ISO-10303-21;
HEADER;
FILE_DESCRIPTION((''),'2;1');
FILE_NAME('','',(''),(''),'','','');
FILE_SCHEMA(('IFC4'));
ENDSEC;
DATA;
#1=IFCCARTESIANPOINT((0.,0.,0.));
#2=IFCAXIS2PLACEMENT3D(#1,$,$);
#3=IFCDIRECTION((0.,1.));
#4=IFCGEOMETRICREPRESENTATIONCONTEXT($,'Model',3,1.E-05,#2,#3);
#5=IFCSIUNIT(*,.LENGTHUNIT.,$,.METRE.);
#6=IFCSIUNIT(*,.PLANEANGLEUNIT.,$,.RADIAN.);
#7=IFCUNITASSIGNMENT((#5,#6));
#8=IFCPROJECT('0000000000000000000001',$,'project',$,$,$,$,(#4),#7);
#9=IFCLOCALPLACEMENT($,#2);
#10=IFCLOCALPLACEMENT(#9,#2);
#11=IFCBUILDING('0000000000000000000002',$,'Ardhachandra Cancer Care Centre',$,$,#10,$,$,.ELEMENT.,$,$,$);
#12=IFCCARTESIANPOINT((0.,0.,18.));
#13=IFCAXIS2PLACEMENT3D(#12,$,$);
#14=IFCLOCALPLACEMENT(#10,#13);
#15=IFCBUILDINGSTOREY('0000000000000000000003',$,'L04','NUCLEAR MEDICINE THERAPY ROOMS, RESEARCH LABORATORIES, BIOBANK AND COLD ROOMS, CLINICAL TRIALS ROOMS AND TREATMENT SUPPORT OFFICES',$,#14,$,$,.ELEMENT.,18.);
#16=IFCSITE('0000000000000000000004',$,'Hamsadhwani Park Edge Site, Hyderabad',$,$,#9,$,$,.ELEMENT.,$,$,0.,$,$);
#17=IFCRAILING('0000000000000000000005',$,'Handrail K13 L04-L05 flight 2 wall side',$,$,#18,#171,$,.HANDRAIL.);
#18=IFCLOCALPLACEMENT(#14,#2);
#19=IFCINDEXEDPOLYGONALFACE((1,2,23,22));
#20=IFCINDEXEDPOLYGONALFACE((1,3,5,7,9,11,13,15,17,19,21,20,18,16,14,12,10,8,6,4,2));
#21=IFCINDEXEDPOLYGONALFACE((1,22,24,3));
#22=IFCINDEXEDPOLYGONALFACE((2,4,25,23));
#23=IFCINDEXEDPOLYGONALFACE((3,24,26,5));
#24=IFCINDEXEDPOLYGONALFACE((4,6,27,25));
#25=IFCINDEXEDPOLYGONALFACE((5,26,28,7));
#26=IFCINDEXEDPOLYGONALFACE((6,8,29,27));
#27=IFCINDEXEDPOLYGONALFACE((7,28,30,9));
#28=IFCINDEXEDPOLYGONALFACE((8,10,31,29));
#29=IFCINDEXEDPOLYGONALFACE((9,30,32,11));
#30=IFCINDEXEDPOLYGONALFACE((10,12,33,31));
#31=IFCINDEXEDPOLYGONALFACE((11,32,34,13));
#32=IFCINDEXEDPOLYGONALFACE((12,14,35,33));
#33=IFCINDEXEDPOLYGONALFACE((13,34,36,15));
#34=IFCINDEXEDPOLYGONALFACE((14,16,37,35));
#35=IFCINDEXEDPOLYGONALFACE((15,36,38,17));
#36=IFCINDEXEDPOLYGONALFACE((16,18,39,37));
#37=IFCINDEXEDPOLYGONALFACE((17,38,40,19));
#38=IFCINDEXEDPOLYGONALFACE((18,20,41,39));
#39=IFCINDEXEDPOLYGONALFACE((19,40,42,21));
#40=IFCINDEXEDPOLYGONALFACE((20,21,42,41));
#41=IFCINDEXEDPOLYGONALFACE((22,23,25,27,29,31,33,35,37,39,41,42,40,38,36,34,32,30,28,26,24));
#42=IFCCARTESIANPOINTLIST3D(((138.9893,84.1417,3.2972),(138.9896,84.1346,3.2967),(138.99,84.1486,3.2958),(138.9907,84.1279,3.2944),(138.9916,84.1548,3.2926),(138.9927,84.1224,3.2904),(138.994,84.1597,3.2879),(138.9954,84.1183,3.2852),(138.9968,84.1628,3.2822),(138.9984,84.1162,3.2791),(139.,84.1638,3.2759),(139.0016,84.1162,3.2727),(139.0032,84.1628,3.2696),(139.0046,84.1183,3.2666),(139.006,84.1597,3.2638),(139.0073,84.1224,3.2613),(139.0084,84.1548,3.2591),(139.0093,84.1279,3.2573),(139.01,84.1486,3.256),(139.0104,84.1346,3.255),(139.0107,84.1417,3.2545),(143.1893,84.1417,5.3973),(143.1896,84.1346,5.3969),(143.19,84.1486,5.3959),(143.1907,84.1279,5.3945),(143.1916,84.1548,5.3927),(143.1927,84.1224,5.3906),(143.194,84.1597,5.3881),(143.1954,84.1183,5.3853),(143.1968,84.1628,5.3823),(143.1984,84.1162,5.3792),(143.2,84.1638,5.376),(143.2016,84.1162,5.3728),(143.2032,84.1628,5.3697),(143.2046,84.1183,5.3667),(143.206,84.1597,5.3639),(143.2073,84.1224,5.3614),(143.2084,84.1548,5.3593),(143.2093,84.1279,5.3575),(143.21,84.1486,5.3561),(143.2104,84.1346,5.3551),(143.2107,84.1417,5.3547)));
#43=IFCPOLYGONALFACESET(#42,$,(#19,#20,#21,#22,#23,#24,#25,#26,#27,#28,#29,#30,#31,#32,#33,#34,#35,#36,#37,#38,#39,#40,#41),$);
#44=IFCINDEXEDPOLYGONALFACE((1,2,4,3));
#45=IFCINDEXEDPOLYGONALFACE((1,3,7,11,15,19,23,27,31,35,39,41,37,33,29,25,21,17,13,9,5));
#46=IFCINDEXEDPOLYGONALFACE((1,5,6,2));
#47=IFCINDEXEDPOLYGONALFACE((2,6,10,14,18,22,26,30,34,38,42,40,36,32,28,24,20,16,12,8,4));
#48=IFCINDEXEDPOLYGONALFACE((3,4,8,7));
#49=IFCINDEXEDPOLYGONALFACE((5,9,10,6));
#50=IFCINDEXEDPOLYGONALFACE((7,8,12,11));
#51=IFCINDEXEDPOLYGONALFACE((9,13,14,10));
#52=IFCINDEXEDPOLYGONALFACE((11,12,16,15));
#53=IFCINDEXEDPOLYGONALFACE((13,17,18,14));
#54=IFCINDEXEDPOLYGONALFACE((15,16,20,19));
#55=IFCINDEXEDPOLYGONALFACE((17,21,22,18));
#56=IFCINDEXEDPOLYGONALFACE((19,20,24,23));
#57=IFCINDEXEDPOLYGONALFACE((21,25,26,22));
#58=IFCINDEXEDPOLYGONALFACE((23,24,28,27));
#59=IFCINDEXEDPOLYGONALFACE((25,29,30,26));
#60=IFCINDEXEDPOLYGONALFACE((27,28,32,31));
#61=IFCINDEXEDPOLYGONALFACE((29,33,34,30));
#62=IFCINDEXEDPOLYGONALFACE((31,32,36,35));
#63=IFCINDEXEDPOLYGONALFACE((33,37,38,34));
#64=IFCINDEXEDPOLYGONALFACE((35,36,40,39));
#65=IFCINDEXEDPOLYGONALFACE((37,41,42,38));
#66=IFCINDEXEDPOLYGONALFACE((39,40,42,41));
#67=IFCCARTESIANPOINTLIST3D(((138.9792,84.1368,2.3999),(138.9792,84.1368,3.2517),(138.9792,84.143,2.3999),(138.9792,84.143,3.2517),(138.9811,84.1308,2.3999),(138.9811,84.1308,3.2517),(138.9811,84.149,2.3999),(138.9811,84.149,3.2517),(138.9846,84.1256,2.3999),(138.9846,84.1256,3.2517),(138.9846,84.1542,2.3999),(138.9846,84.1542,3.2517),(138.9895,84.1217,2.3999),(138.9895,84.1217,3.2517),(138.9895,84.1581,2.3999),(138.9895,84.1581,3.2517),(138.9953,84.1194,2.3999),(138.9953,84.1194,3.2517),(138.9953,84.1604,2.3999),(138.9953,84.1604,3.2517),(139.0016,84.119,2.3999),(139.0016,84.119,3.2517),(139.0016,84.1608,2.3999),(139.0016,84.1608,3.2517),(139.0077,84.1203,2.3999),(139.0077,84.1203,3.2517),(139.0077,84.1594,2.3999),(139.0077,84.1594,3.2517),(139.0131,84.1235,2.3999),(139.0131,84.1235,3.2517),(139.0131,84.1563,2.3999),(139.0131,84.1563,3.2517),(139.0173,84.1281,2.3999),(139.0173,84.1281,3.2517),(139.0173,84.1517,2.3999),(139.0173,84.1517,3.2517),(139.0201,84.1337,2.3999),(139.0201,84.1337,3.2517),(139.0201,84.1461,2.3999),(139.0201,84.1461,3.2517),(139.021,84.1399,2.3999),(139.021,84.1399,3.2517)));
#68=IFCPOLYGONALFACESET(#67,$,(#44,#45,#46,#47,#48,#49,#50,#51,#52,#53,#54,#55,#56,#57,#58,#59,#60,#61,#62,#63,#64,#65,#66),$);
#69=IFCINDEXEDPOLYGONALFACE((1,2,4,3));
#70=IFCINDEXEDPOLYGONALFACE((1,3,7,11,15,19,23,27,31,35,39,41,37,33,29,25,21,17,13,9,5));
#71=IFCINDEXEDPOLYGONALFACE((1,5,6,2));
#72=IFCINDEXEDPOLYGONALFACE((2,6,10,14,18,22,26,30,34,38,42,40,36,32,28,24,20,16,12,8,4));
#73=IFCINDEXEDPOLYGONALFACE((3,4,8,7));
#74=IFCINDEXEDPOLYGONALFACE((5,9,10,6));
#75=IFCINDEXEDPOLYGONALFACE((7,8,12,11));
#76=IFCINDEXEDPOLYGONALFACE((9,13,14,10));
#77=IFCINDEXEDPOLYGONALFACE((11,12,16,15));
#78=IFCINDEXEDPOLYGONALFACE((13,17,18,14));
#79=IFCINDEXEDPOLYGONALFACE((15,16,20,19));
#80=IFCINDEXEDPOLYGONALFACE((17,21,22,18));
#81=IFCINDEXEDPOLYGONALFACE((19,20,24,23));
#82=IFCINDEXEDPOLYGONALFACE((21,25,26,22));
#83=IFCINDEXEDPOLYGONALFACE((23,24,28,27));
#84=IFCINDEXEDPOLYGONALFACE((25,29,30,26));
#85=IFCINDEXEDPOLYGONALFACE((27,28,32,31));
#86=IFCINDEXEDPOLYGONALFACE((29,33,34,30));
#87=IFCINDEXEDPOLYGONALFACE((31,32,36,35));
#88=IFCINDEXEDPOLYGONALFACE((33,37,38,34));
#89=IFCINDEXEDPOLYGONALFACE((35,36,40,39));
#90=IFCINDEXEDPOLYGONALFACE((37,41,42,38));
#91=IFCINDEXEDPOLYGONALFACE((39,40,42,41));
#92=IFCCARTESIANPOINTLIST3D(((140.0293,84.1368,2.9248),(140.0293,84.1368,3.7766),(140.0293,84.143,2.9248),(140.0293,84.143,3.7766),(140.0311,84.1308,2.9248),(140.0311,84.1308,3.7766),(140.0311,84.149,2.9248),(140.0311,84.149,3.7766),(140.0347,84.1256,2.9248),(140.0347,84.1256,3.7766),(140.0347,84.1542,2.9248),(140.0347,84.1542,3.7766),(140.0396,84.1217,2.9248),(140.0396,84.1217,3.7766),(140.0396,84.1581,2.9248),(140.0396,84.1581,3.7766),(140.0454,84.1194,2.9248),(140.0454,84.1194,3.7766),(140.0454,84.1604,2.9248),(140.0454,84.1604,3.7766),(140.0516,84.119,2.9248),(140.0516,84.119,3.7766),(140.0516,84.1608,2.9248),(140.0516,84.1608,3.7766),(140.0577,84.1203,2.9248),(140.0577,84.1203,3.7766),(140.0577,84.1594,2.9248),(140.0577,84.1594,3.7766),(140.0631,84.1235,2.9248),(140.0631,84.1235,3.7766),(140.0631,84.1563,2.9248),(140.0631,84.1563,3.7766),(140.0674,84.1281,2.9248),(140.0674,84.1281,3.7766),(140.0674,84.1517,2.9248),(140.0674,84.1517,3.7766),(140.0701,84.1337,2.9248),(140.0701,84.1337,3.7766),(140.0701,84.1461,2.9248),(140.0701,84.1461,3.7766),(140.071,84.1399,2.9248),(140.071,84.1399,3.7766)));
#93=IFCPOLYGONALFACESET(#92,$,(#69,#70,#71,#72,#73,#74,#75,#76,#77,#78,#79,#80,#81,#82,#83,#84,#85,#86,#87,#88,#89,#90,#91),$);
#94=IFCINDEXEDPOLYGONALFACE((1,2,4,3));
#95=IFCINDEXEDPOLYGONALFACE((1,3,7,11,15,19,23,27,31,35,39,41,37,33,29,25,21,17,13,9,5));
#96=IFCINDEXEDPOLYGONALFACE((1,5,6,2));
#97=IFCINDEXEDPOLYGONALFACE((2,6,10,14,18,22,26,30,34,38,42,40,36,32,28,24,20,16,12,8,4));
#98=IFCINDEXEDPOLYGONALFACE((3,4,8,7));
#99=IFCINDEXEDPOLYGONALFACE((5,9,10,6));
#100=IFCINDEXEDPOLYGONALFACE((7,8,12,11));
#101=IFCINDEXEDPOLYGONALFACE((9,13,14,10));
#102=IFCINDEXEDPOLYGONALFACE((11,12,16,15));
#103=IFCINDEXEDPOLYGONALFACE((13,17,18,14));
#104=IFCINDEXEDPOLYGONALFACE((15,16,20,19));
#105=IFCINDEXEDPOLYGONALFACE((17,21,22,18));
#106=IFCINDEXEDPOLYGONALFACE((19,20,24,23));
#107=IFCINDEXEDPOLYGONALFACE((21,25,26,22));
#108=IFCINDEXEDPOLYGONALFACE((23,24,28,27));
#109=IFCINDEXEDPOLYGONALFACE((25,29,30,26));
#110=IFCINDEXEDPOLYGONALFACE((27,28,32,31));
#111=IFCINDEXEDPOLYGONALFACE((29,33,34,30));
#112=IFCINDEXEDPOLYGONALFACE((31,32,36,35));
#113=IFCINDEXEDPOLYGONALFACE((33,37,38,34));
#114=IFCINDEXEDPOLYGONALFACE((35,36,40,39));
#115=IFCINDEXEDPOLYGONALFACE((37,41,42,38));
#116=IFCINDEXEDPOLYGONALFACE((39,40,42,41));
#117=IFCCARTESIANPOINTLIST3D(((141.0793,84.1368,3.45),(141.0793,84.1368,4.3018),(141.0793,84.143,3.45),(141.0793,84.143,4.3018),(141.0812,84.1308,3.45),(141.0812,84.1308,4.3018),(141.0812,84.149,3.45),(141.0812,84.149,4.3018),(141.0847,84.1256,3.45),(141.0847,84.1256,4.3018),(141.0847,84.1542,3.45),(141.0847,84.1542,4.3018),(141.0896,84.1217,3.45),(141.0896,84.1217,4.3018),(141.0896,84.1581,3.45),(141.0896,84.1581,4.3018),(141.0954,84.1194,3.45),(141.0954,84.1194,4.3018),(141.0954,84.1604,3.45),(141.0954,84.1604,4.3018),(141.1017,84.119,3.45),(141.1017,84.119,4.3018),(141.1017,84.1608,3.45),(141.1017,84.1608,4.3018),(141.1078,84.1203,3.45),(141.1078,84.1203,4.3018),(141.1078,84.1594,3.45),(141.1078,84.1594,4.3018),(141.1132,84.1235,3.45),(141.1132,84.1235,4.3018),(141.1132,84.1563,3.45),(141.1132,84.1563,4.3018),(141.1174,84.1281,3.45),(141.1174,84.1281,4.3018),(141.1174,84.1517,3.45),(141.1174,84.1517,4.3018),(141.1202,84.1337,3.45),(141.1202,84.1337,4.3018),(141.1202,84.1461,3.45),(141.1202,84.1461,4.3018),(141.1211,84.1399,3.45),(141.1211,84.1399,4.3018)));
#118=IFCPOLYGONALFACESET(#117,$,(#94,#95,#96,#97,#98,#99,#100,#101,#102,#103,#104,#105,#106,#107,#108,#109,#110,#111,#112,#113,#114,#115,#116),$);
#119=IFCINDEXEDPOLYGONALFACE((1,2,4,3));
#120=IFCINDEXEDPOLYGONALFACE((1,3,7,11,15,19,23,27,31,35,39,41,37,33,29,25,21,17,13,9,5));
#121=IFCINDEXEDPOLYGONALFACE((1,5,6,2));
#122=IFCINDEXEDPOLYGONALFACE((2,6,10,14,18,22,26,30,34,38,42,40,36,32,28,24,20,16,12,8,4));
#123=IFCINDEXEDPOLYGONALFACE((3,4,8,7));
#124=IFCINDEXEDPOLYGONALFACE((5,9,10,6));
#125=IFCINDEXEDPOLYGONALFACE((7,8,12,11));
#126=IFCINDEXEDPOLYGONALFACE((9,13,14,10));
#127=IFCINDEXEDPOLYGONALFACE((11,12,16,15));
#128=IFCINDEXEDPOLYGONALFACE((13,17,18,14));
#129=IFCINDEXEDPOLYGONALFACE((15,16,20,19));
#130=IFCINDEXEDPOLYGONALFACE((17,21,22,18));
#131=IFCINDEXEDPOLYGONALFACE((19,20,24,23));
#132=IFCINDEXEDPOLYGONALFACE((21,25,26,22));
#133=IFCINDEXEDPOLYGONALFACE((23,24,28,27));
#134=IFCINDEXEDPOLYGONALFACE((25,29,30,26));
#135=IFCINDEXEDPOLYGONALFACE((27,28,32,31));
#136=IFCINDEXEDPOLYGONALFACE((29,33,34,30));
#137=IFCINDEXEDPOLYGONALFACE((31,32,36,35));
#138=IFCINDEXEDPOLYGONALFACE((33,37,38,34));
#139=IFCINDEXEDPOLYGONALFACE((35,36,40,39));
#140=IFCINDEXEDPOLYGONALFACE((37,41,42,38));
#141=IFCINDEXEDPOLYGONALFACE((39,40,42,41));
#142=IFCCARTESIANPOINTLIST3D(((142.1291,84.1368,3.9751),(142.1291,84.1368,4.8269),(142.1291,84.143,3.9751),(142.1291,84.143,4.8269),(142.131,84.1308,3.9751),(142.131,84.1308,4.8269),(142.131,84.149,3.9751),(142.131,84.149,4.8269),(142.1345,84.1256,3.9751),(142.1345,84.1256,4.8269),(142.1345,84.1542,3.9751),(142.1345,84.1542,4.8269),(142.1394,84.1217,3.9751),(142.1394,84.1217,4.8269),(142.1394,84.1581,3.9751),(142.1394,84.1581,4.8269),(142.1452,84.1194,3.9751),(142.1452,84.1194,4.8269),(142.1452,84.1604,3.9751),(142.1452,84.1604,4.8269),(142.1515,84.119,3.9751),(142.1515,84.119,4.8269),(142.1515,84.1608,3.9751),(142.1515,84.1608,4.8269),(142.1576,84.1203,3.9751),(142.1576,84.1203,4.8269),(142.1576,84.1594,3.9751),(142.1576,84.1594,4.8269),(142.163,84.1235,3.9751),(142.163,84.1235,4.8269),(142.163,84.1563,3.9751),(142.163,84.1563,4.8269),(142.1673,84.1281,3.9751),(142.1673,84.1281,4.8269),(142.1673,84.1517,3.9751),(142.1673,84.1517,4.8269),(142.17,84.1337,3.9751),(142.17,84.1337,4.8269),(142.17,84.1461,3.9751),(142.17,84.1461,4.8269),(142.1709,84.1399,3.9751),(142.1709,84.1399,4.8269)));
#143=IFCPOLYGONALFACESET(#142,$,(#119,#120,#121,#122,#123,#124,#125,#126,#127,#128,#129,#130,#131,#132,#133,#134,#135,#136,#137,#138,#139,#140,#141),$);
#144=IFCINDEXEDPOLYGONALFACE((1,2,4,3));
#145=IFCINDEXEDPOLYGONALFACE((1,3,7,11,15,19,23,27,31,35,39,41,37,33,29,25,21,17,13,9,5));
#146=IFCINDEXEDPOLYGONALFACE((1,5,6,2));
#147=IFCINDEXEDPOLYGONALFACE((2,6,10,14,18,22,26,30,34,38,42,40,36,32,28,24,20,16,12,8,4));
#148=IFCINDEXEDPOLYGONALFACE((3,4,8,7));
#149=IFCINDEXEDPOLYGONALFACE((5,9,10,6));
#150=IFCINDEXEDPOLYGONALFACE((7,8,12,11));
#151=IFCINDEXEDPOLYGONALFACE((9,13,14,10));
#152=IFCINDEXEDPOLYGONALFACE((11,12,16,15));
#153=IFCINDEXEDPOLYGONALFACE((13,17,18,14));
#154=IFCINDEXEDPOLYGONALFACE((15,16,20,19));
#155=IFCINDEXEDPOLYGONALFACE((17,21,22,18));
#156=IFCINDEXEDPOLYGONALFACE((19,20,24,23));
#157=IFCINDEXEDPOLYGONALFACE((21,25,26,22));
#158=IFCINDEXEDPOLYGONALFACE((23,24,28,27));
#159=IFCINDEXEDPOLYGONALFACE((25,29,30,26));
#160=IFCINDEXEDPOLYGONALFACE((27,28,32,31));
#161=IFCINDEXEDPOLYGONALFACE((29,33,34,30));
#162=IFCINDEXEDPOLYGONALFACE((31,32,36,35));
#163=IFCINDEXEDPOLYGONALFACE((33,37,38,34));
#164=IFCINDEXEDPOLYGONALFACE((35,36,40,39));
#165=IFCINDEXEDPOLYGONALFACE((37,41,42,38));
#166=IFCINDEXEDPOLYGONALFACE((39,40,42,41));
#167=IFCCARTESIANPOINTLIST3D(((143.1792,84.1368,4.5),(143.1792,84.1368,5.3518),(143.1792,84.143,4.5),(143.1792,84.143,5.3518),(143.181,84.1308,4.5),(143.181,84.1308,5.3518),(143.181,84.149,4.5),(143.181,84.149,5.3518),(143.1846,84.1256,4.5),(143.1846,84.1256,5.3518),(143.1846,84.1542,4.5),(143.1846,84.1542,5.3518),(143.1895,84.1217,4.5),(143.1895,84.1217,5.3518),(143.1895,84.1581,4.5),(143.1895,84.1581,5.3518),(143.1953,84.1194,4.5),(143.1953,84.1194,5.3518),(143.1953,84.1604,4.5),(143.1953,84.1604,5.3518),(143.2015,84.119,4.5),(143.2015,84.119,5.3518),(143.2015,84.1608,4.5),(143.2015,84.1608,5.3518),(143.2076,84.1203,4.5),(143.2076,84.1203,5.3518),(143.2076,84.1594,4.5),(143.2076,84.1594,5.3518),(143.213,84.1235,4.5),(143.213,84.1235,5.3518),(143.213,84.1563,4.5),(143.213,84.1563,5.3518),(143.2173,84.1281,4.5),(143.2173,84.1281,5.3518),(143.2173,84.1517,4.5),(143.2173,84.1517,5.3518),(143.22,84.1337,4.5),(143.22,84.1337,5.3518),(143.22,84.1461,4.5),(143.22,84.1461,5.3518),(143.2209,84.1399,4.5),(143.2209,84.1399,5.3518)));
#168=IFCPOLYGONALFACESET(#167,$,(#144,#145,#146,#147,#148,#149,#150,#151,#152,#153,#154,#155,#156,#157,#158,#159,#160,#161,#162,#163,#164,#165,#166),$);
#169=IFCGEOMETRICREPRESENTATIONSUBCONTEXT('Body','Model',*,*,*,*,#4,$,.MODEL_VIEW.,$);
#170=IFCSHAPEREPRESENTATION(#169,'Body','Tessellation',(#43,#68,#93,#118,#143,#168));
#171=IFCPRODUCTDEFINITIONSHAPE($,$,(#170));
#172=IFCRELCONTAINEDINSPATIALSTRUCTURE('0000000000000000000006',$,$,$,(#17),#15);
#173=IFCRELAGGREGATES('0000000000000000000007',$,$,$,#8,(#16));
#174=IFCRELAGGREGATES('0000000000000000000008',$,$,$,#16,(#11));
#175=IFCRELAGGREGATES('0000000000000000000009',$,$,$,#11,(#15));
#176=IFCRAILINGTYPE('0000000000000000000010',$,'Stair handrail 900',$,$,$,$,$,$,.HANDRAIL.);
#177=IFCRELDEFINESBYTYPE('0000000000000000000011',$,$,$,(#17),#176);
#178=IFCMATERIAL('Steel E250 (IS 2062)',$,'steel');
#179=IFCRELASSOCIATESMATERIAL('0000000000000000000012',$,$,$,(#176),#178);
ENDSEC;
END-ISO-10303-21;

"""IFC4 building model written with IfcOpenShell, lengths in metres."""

from ifc_helpers import new_model, si_unit, direction, frame, origin, origin_2d, place, context, subcontext, project, spatial, circle, extrude, material, type_object, element, save


model = new_model("IFC4")

# Units and contexts
model_context = context("Model", 3, precision=1e-05, world=origin(), true_north=direction((0.0, 1.0)))
body_context = subcontext(model_context, "Body", "Model", "MODEL_VIEW")
ifc_project = project(units=[si_unit("LENGTHUNIT", "METRE"), si_unit("PLANEANGLEUNIT", "RADIAN")], contexts=[model_context])

# Site, building, storey
site_placement = place(None, origin())
site = spatial("IfcSite", under=ifc_project, at=site_placement, Name="Hamsadhwani Park Edge Site, Hyderabad", CompositionType="ELEMENT", RefElevation=0.0)
building_placement = place(site_placement, origin())
building = spatial("IfcBuilding", under=site, at=building_placement, Name="Ardhachandra Cancer Care Centre", CompositionType="ELEMENT")
storey_placement = place(building_placement, frame((0.0, 0.0, 18.0)))
storey = spatial("IfcBuildingStorey", under=building, at=storey_placement, Name="L04", Description="NUCLEAR MEDICINE THERAPY ROOMS, RESEARCH LABORATORIES, BIOBANK AND COLD ROOMS, CLINICAL TRIALS ROOMS AND TREATMENT SUPPORT OFFICES", CompositionType="ELEMENT", Elevation=18.0)

# Railing
ifc_material_1 = material(Name="Steel E250 (IS 2062)", Category="steel")
railing_type = type_object("IfcRailingType", Name="Stair handrail 900", PredefinedType="HANDRAIL", material=ifc_material_1)
for number, where, name in (
    (1, (139.0, 84.1399, 2.3999), "Handrail K13 L04-L05 flight 2 wall side"),
):
    element("IfcRailing", number, at=place(storey_placement, frame(where)), inside=storey, type_object=railing_type, Name=name, PredefinedType="HANDRAIL", context=body_context, shape_type="SweptSolid", body=[
        extrude(circle(Radius=0.0239, at=origin_2d()), frame((0.0, 0.0, 0.876), z_axis=(0.894417, 0.0, 0.447234), x_axis=(0.0, 1.0, 0.0)), (0.0, 0.0, 1.0), 4.6958),
        extrude(circle(Radius=0.021, at=origin_2d()), origin(), (0.0, 0.0, 1.0), 0.8518),
        extrude(circle(Radius=0.021, at=origin_2d()), frame((1.05, 0.0, 0.5249)), (0.0, 0.0, 1.0), 0.8518),
        extrude(circle(Radius=0.021, at=origin_2d()), frame((2.1001, 0.0, 1.05)), (0.0, 0.0, 1.0), 0.8518),
        extrude(circle(Radius=0.021, at=origin_2d()), frame((3.1499, 0.0, 1.5752)), (0.0, 0.0, 1.0), 0.8518),
        extrude(circle(Radius=0.021, at=origin_2d()), frame((4.2, 0.0, 2.1001)), (0.0, 0.0, 1.0), 0.8518),
    ])

save(model, "model.ifc")
